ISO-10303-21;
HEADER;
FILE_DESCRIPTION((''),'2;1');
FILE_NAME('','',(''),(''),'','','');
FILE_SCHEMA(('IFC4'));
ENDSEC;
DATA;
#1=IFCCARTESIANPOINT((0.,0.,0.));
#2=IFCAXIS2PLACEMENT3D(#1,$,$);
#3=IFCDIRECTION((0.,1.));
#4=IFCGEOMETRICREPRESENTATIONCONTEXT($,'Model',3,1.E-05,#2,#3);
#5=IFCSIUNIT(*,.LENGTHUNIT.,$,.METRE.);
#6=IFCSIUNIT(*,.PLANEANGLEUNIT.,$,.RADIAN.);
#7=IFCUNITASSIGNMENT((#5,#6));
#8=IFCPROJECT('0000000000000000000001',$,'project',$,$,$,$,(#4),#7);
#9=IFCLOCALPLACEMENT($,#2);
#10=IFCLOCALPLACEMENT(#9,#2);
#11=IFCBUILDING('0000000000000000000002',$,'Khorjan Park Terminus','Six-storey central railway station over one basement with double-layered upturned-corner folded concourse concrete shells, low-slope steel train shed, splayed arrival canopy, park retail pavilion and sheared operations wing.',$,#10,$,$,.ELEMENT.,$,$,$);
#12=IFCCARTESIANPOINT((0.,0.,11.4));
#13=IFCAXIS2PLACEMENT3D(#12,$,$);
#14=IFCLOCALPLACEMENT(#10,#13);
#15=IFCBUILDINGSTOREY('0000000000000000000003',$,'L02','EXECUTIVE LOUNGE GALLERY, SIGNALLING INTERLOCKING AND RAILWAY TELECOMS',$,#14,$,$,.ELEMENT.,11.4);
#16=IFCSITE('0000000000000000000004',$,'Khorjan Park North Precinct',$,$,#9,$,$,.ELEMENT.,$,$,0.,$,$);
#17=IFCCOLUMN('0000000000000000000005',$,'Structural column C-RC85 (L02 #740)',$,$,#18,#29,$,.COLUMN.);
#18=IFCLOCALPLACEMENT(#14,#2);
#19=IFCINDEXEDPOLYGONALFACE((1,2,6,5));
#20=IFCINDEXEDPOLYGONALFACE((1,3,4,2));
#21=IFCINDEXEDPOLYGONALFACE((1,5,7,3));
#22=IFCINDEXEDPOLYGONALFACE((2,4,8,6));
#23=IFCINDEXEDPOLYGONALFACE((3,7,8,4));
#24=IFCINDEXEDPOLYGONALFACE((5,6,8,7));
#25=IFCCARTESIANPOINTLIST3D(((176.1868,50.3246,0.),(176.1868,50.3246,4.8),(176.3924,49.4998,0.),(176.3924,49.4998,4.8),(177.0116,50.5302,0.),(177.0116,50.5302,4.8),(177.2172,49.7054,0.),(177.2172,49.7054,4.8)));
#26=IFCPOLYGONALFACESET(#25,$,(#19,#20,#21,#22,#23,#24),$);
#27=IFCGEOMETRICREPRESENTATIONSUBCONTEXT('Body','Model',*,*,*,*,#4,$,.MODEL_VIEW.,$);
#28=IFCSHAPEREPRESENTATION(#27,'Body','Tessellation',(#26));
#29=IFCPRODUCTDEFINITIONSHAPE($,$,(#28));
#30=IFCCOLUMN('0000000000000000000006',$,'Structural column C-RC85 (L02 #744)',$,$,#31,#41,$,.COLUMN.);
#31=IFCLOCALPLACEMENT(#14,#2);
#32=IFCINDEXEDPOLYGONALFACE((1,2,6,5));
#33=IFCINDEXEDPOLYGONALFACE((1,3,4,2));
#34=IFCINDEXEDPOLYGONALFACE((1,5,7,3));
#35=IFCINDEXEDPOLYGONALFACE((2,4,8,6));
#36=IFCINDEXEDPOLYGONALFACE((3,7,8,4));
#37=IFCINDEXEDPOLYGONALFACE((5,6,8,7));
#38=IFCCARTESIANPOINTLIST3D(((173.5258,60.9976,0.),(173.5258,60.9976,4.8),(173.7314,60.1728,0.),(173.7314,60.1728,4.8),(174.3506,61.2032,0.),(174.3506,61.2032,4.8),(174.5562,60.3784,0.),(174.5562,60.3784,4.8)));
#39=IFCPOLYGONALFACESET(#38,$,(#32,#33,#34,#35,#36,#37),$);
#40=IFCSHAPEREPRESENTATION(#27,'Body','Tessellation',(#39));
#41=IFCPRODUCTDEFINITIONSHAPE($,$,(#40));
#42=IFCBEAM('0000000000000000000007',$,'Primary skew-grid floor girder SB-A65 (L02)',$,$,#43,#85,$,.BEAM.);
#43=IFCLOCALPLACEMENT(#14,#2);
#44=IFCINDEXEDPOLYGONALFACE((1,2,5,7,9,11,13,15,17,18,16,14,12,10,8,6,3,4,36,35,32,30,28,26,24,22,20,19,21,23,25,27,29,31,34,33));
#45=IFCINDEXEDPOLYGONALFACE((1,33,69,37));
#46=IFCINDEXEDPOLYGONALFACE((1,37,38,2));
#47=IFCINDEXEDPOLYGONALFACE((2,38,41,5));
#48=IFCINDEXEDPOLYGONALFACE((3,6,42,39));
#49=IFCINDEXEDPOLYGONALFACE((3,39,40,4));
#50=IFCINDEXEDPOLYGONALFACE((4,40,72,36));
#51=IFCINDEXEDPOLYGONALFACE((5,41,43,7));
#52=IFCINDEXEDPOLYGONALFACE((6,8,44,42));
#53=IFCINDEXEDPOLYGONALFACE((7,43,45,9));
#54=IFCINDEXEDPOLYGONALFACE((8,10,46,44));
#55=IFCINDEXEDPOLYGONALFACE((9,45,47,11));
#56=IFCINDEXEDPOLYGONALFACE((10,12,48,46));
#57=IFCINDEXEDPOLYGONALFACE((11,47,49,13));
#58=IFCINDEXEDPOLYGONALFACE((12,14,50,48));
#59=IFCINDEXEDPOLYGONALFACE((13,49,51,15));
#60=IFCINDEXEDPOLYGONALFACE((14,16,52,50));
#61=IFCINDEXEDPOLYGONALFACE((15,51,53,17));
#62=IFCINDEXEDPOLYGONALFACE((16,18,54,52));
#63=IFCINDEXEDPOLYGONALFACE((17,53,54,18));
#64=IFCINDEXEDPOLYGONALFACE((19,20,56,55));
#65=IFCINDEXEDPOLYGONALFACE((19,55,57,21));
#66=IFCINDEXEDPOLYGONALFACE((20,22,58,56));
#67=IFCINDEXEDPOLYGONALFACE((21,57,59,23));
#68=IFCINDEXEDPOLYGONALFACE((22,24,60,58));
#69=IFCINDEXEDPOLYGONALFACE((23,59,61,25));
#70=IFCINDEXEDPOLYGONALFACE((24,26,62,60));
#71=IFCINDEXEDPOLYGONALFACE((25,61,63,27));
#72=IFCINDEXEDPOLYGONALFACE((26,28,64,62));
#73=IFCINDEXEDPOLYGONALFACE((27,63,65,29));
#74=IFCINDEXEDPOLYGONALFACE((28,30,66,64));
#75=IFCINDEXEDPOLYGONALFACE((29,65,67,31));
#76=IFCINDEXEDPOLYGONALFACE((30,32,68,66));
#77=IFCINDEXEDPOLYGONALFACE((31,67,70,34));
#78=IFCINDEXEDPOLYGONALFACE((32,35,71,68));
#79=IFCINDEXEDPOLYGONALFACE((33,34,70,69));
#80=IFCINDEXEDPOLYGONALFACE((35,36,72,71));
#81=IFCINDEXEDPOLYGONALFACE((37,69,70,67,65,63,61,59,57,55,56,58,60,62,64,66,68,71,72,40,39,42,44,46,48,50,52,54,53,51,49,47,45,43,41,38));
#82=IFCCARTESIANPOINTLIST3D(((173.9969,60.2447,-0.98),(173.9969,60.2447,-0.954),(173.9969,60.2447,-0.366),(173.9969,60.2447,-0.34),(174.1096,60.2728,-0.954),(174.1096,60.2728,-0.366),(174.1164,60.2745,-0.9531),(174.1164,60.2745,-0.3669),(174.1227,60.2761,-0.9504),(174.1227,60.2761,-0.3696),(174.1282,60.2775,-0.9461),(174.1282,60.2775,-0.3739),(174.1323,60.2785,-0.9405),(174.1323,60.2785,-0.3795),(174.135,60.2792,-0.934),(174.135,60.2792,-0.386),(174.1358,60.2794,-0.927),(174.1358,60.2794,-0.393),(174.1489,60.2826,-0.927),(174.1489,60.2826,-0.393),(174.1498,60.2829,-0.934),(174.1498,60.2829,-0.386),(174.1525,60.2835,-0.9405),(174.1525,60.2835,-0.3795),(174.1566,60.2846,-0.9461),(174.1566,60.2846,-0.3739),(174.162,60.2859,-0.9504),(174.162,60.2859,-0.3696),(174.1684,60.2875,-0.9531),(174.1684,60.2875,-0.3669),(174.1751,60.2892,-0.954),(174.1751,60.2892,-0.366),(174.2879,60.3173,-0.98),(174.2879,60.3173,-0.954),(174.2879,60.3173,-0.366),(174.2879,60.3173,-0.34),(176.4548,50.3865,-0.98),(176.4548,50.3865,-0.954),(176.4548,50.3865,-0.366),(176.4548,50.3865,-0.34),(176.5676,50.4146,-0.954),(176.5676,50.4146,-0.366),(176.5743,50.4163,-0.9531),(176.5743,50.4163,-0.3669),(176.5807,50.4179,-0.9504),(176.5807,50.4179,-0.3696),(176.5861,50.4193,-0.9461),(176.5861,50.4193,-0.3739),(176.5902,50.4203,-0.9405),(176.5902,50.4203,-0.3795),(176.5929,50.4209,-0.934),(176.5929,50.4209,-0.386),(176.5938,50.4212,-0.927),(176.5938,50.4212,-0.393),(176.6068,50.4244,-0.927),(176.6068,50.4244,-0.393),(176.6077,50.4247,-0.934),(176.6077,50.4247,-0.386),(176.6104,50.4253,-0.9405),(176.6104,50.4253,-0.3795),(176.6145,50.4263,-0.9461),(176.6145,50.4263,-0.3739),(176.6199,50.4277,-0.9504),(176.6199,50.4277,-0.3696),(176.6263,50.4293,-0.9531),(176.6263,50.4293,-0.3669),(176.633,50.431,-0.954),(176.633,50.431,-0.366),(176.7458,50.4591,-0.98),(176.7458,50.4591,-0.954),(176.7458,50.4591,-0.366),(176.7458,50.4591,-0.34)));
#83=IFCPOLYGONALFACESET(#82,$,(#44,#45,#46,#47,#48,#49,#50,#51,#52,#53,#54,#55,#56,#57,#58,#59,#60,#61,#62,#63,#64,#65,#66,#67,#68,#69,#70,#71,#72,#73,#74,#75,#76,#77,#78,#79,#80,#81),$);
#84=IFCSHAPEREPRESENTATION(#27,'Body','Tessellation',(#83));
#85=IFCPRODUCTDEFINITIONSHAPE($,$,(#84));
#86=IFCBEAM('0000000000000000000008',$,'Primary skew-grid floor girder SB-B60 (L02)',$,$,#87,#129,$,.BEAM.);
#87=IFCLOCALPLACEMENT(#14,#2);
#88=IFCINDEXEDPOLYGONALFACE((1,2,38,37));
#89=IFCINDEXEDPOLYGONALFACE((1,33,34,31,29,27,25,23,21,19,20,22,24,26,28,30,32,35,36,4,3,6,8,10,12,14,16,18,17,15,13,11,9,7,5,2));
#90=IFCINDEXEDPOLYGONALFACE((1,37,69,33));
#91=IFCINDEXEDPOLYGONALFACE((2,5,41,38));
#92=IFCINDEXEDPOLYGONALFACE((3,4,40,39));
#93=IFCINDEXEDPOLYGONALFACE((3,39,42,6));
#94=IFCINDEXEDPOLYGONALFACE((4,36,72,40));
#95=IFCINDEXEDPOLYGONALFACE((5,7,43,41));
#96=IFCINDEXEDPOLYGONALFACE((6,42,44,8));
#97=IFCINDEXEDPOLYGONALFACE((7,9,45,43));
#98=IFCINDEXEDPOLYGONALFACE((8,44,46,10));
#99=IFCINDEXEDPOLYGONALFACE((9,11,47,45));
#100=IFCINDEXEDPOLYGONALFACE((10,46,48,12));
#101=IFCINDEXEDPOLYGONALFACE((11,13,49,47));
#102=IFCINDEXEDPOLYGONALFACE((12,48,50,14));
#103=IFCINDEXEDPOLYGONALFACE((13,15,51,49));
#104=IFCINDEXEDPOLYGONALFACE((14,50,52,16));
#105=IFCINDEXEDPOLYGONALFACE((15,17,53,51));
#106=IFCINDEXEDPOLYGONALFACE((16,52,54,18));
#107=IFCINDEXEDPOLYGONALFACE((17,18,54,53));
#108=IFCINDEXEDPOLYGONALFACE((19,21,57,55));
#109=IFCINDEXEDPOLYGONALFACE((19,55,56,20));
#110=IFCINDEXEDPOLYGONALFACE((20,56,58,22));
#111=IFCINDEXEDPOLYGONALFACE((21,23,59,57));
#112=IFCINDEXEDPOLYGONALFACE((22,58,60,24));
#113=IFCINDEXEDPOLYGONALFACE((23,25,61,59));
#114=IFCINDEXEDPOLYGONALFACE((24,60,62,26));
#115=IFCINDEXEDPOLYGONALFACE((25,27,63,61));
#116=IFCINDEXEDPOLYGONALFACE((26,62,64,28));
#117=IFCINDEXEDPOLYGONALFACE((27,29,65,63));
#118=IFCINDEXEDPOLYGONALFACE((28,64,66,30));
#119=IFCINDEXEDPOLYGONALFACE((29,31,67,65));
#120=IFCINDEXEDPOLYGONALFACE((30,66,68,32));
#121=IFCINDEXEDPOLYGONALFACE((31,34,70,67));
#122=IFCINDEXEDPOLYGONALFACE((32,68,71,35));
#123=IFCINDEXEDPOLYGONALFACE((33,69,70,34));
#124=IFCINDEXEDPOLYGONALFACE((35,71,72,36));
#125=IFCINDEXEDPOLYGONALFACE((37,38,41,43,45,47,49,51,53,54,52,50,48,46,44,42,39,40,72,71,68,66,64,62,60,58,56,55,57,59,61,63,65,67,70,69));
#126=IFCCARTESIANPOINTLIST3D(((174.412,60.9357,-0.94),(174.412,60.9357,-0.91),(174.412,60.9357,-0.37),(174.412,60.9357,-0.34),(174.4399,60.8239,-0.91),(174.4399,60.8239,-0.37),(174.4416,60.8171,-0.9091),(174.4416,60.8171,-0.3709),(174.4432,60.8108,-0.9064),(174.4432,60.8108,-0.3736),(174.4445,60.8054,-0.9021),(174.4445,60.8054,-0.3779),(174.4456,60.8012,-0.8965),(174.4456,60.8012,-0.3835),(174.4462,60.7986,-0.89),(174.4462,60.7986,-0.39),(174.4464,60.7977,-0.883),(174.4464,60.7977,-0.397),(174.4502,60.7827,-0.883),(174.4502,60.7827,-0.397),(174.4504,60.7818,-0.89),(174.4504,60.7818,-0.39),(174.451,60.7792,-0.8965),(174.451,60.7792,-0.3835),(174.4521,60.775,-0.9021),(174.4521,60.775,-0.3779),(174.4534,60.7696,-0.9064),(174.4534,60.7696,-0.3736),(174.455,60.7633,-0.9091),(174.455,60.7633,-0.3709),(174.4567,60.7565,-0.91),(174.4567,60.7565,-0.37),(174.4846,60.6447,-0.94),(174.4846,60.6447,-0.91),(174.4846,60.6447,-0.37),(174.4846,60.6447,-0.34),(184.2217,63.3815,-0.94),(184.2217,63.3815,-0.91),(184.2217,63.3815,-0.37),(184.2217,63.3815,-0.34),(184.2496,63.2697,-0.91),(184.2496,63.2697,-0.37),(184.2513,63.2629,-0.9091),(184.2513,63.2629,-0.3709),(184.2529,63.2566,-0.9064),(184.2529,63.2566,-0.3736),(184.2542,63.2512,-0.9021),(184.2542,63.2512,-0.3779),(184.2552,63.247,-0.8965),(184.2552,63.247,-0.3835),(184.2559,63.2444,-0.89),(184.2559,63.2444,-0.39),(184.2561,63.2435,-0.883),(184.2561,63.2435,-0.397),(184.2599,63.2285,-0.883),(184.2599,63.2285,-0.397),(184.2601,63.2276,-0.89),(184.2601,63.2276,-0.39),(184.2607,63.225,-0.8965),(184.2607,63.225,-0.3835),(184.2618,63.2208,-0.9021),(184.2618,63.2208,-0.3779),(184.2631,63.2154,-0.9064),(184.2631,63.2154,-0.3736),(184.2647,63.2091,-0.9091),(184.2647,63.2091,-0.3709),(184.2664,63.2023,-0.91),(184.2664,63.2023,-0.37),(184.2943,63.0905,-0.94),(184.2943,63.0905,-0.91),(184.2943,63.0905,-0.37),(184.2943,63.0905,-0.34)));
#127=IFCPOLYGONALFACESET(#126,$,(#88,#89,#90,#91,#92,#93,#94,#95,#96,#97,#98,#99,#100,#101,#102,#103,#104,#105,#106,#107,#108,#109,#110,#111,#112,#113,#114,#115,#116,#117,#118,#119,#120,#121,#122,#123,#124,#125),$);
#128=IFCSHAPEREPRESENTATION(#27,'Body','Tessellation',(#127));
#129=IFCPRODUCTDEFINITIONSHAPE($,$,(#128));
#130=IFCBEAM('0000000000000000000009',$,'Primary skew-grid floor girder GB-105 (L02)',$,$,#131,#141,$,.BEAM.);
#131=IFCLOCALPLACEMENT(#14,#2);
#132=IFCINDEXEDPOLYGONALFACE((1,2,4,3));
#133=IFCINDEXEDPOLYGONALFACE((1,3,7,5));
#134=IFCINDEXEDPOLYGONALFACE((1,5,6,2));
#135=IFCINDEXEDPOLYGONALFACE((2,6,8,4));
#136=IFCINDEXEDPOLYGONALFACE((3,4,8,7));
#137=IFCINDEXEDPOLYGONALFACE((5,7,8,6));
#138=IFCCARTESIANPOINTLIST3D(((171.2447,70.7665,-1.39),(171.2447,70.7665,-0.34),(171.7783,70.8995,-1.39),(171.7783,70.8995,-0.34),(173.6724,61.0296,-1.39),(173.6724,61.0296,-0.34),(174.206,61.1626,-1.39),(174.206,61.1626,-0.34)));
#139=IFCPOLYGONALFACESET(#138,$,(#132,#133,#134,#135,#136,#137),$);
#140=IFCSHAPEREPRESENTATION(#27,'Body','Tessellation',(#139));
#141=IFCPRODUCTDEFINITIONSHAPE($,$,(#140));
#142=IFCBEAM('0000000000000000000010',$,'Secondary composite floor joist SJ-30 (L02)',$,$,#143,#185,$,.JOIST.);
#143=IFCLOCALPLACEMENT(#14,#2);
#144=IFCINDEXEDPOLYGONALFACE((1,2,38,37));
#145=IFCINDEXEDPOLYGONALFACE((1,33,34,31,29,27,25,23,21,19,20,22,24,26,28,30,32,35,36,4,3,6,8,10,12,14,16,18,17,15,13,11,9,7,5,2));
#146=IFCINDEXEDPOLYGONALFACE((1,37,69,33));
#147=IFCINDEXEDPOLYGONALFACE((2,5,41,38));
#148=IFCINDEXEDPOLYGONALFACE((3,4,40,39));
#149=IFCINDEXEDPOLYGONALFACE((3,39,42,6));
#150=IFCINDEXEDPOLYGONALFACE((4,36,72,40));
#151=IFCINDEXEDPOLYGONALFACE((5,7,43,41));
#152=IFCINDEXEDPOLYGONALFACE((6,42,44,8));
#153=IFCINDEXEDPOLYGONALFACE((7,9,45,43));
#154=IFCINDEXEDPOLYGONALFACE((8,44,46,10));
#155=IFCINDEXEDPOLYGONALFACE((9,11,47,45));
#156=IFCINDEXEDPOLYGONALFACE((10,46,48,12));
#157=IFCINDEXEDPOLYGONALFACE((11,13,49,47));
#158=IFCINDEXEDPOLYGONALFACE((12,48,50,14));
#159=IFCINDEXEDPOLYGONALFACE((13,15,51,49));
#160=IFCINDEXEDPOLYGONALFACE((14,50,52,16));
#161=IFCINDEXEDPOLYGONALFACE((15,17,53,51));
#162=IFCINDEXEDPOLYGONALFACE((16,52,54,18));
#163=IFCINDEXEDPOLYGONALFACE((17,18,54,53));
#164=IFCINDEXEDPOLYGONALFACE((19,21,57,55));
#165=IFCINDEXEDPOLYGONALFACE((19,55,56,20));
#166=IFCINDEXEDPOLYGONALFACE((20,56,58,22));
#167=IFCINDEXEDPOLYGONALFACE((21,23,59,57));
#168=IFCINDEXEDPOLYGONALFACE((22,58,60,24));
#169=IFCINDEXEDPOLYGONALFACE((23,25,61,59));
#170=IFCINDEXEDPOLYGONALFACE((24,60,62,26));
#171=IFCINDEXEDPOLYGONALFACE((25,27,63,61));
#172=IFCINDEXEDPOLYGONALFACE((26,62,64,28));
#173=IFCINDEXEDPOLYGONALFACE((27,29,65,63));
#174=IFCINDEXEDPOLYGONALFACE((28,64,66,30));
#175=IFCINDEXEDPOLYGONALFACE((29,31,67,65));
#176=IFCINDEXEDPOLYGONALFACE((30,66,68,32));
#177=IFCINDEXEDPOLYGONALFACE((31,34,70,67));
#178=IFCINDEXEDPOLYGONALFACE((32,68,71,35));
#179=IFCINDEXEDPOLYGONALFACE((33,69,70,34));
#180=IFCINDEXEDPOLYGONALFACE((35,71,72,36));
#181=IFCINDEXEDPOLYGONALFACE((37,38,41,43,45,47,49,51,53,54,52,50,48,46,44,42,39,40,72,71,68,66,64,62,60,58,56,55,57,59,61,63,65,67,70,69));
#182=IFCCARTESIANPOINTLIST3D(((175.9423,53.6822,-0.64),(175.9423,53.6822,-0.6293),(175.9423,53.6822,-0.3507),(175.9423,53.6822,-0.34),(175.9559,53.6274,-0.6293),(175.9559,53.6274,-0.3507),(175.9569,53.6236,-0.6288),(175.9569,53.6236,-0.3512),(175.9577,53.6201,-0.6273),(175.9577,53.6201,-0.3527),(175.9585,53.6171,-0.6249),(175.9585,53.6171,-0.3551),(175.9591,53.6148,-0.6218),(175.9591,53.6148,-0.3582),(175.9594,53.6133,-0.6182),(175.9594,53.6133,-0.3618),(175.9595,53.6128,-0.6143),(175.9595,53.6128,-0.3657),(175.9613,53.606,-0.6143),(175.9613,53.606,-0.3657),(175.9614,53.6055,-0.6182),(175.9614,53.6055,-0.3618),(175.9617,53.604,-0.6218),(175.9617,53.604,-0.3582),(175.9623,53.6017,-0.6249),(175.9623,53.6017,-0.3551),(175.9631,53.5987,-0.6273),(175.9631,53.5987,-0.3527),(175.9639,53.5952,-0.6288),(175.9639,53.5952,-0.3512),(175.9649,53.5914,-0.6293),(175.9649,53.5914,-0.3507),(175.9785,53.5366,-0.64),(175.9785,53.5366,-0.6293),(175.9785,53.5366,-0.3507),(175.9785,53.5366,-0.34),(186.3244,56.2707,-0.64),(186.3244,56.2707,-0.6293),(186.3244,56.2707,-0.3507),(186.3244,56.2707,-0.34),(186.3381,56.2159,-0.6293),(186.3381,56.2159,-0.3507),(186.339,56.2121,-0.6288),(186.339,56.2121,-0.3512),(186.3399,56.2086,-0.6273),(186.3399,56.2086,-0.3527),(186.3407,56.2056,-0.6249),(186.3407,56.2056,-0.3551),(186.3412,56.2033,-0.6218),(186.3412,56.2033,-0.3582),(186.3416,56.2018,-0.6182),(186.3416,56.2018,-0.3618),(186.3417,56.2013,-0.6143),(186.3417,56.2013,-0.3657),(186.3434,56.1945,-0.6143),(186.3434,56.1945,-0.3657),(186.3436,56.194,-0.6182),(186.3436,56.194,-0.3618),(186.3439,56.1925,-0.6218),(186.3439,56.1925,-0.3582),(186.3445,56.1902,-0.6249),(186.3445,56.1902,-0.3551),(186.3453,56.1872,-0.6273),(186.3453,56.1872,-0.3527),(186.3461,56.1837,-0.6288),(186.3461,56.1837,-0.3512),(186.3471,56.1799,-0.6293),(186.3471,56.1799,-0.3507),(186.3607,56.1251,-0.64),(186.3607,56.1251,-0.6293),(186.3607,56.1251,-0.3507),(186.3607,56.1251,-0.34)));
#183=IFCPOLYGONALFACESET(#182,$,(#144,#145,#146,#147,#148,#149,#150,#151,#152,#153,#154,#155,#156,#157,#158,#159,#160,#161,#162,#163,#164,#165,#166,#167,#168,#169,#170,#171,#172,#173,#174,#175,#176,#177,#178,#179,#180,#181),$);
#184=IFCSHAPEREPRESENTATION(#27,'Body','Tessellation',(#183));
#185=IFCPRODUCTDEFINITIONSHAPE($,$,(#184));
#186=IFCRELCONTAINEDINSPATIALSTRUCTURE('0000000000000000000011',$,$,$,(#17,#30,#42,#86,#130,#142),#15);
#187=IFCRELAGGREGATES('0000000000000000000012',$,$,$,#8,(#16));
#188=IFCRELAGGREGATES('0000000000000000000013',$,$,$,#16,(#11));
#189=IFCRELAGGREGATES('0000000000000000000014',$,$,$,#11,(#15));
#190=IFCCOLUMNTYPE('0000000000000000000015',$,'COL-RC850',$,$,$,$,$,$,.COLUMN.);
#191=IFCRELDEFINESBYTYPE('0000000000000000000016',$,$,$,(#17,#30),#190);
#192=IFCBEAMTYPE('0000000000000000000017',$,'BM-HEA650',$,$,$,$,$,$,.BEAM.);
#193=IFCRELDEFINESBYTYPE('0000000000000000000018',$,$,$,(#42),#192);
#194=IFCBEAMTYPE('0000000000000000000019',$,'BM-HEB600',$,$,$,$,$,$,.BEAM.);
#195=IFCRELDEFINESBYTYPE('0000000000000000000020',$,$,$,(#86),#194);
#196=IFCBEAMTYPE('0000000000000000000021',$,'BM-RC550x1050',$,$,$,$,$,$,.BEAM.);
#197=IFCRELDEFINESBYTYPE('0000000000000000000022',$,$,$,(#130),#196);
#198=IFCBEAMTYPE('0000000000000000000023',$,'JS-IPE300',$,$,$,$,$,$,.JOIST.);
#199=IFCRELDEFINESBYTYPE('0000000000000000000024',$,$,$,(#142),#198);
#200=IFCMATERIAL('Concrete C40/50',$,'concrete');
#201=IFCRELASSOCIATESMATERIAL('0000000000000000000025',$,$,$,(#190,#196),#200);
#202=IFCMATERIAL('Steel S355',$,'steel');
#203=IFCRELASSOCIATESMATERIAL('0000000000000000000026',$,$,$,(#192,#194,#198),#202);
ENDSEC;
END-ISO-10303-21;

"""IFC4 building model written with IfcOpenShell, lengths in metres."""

from ifc_helpers import new_model, si_unit, direction, frame, origin, origin_2d, place, context, subcontext, project, spatial, rectangle, i_section, extrude, material, material_profile, profile_set, type_object, element, save


model = new_model("IFC4")

# Units and contexts
model_context = context("Model", 3, precision=1e-05, world=origin(), true_north=direction((0.0, 1.0)))
body_context = subcontext(model_context, "Body", "Model", "MODEL_VIEW")
ifc_project = project(units=[si_unit("LENGTHUNIT", "METRE"), si_unit("PLANEANGLEUNIT", "RADIAN")], contexts=[model_context])

# Site, building, storey
site_placement = place(None, origin())
site = spatial("IfcSite", under=ifc_project, at=site_placement, Name="Khorjan Park North Precinct", CompositionType="ELEMENT", RefElevation=0.0)
building_placement = place(site_placement, origin())
building = spatial("IfcBuilding", under=site, at=building_placement, Name="Khorjan Park Terminus", Description="Six-storey central railway station over one basement with double-layered upturned-corner folded concourse concrete shells, low-slope steel train shed, splayed arrival canopy, park retail pavilion and sheared operations wing.", CompositionType="ELEMENT")
storey_placement = place(building_placement, frame((0.0, 0.0, 11.4)))
storey = spatial("IfcBuildingStorey", under=building, at=storey_placement, Name="L02", Description="EXECUTIVE LOUNGE GALLERY, SIGNALLING INTERLOCKING AND RAILWAY TELECOMS", CompositionType="ELEMENT", Elevation=11.4)

# Columns
ifc_material_1 = material(Name="Concrete C40/50", Category="concrete")
ifc_material_profile_1 = material_profile(ifc_material_1, rectangle(XDim=0.85, YDim=0.85, at=origin_2d()), Name="RC 850x850")
ifc_profile_set_1 = profile_set([ifc_material_profile_1], Name="Concrete C40/50")
column_type = type_object("IfcColumnType", Name="COL-RC850", PredefinedType="COLUMN", material=ifc_profile_set_1)
for number, where, z_axis, x_axis, name in (
    (1, (176.702, 50.015, 0.0), (0.0, 0.0, 1.0), (0.970296, 0.241922, 0.0), "Structural column C-RC85 (L02 #740)"),
    (2, (174.041, 60.688, 0.0), (0.0, 0.0, 1.0), (0.970296, 0.241922, 0.0), "Structural column C-RC85 (L02 #744)"),
):
    element("IfcColumn", number, at=place(storey_placement, frame(where, z_axis=z_axis, x_axis=x_axis)), inside=storey, type_object=column_type, Name=name, PredefinedType="COLUMN", context=body_context, shape_type="SweptSolid", body=[
        extrude(rectangle(XDim=0.85, YDim=0.85, at=origin_2d()), origin(), (0.0, 0.0, 1.0), 4.8),
    ])

# Beams
ifc_material_2 = material(Name="Steel S355", Category="steel")
ifc_material_profile_2 = material_profile(ifc_material_2, i_section(OverallWidth=0.3, OverallDepth=0.64, WebThickness=0.0135, FlangeThickness=0.026, FilletRadius=0.027, at=origin_2d()), Name="HEA 650")
ifc_profile_set_2 = profile_set([ifc_material_profile_2], Name="Steel S355")
beam_type_1 = type_object("IfcBeamType", Name="BM-HEA650", PredefinedType="BEAM", material=ifc_profile_set_2)
beam_1_placement = place(storey_placement, frame((176.6003, 50.4228, -0.66), z_axis=(-0.24192, 0.970296, 0.0), x_axis=(-0.970296, -0.24192, 0.0)))
element("IfcBeam", 3, at=beam_1_placement, inside=storey, type_object=beam_type_1, Name="Primary skew-grid floor girder SB-A65 (L02)", PredefinedType="BEAM", context=body_context, shape_type="SweptSolid", body=[
    extrude(i_section(OverallWidth=0.3, OverallDepth=0.64, WebThickness=0.0135, FlangeThickness=0.026, FilletRadius=0.027, at=origin_2d()), origin(), (0.0, 0.0, 1.0), 10.16),
])
ifc_material_profile_3 = material_profile(ifc_material_2, i_section(OverallWidth=0.3, OverallDepth=0.6, WebThickness=0.0155, FlangeThickness=0.03, FilletRadius=0.027, at=origin_2d()), Name="HEB 600")
ifc_profile_set_3 = profile_set([ifc_material_profile_3], Name="Steel S355")
beam_type_2 = type_object("IfcBeamType", Name="BM-HEB600", PredefinedType="BEAM", material=ifc_profile_set_3)
beam_2_placement = place(storey_placement, frame((174.4483, 60.7902, -0.64), z_axis=(0.970296, 0.241919, 0.0), x_axis=(-0.241919, 0.970296, 0.0)))
element("IfcBeam", 4, at=beam_2_placement, inside=storey, type_object=beam_type_2, Name="Primary skew-grid floor girder SB-B60 (L02)", PredefinedType="BEAM", context=body_context, shape_type="SweptSolid", body=[
    extrude(i_section(OverallWidth=0.3, OverallDepth=0.6, WebThickness=0.0155, FlangeThickness=0.03, FilletRadius=0.027, at=origin_2d()), origin(), (0.0, 0.0, 1.0), 10.11),
])
ifc_material_profile_4 = material_profile(ifc_material_1, rectangle(XDim=0.55, YDim=1.05, at=origin_2d()), Name="RC 550x1050")
ifc_profile_set_4 = profile_set([ifc_material_profile_4], Name="Concrete C40/50")
beam_type_3 = type_object("IfcBeamType", Name="BM-RC550x1050", PredefinedType="BEAM", material=ifc_profile_set_4)
beam_3_placement = place(storey_placement, frame((173.9392, 61.0961, -0.865), z_axis=(-0.241924, 0.970295, 0.0), x_axis=(-0.970295, -0.241924, 0.0)))
element("IfcBeam", 5, at=beam_3_placement, inside=storey, type_object=beam_type_3, Name="Primary skew-grid floor girder GB-105 (L02)", PredefinedType="BEAM", context=body_context, shape_type="SweptSolid", body=[
    extrude(rectangle(XDim=0.55, YDim=1.05, at=origin_2d()), origin(), (0.0, 0.0, 1.0), 10.035),
])
ifc_material_profile_5 = material_profile(ifc_material_2, i_section(OverallWidth=0.15, OverallDepth=0.3, WebThickness=0.0071, FlangeThickness=0.0107, FilletRadius=0.015, at=origin_2d()), Name="IPE 300")
ifc_profile_set_5 = profile_set([ifc_material_profile_5], Name="Steel S355")
beam_type_4 = type_object("IfcBeamType", Name="JS-IPE300", PredefinedType="JOIST", material=ifc_profile_set_5)
beam_4_placement = place(storey_placement, frame((175.9604, 53.6094, -0.49), z_axis=(0.970297, 0.241915, 0.0), x_axis=(-0.241915, 0.970297, 0.0)))
element("IfcBeam", 6, at=beam_4_placement, inside=storey, type_object=beam_type_4, Name="Secondary composite floor joist SJ-30 (L02)", PredefinedType="JOIST", context=body_context, shape_type="SweptSolid", body=[
    extrude(i_section(OverallWidth=0.15, OverallDepth=0.3, WebThickness=0.0071, FlangeThickness=0.0107, FilletRadius=0.015, at=origin_2d()), origin(), (0.0, 0.0, 1.0), 10.7),
])

save(model, "model.ifc")
